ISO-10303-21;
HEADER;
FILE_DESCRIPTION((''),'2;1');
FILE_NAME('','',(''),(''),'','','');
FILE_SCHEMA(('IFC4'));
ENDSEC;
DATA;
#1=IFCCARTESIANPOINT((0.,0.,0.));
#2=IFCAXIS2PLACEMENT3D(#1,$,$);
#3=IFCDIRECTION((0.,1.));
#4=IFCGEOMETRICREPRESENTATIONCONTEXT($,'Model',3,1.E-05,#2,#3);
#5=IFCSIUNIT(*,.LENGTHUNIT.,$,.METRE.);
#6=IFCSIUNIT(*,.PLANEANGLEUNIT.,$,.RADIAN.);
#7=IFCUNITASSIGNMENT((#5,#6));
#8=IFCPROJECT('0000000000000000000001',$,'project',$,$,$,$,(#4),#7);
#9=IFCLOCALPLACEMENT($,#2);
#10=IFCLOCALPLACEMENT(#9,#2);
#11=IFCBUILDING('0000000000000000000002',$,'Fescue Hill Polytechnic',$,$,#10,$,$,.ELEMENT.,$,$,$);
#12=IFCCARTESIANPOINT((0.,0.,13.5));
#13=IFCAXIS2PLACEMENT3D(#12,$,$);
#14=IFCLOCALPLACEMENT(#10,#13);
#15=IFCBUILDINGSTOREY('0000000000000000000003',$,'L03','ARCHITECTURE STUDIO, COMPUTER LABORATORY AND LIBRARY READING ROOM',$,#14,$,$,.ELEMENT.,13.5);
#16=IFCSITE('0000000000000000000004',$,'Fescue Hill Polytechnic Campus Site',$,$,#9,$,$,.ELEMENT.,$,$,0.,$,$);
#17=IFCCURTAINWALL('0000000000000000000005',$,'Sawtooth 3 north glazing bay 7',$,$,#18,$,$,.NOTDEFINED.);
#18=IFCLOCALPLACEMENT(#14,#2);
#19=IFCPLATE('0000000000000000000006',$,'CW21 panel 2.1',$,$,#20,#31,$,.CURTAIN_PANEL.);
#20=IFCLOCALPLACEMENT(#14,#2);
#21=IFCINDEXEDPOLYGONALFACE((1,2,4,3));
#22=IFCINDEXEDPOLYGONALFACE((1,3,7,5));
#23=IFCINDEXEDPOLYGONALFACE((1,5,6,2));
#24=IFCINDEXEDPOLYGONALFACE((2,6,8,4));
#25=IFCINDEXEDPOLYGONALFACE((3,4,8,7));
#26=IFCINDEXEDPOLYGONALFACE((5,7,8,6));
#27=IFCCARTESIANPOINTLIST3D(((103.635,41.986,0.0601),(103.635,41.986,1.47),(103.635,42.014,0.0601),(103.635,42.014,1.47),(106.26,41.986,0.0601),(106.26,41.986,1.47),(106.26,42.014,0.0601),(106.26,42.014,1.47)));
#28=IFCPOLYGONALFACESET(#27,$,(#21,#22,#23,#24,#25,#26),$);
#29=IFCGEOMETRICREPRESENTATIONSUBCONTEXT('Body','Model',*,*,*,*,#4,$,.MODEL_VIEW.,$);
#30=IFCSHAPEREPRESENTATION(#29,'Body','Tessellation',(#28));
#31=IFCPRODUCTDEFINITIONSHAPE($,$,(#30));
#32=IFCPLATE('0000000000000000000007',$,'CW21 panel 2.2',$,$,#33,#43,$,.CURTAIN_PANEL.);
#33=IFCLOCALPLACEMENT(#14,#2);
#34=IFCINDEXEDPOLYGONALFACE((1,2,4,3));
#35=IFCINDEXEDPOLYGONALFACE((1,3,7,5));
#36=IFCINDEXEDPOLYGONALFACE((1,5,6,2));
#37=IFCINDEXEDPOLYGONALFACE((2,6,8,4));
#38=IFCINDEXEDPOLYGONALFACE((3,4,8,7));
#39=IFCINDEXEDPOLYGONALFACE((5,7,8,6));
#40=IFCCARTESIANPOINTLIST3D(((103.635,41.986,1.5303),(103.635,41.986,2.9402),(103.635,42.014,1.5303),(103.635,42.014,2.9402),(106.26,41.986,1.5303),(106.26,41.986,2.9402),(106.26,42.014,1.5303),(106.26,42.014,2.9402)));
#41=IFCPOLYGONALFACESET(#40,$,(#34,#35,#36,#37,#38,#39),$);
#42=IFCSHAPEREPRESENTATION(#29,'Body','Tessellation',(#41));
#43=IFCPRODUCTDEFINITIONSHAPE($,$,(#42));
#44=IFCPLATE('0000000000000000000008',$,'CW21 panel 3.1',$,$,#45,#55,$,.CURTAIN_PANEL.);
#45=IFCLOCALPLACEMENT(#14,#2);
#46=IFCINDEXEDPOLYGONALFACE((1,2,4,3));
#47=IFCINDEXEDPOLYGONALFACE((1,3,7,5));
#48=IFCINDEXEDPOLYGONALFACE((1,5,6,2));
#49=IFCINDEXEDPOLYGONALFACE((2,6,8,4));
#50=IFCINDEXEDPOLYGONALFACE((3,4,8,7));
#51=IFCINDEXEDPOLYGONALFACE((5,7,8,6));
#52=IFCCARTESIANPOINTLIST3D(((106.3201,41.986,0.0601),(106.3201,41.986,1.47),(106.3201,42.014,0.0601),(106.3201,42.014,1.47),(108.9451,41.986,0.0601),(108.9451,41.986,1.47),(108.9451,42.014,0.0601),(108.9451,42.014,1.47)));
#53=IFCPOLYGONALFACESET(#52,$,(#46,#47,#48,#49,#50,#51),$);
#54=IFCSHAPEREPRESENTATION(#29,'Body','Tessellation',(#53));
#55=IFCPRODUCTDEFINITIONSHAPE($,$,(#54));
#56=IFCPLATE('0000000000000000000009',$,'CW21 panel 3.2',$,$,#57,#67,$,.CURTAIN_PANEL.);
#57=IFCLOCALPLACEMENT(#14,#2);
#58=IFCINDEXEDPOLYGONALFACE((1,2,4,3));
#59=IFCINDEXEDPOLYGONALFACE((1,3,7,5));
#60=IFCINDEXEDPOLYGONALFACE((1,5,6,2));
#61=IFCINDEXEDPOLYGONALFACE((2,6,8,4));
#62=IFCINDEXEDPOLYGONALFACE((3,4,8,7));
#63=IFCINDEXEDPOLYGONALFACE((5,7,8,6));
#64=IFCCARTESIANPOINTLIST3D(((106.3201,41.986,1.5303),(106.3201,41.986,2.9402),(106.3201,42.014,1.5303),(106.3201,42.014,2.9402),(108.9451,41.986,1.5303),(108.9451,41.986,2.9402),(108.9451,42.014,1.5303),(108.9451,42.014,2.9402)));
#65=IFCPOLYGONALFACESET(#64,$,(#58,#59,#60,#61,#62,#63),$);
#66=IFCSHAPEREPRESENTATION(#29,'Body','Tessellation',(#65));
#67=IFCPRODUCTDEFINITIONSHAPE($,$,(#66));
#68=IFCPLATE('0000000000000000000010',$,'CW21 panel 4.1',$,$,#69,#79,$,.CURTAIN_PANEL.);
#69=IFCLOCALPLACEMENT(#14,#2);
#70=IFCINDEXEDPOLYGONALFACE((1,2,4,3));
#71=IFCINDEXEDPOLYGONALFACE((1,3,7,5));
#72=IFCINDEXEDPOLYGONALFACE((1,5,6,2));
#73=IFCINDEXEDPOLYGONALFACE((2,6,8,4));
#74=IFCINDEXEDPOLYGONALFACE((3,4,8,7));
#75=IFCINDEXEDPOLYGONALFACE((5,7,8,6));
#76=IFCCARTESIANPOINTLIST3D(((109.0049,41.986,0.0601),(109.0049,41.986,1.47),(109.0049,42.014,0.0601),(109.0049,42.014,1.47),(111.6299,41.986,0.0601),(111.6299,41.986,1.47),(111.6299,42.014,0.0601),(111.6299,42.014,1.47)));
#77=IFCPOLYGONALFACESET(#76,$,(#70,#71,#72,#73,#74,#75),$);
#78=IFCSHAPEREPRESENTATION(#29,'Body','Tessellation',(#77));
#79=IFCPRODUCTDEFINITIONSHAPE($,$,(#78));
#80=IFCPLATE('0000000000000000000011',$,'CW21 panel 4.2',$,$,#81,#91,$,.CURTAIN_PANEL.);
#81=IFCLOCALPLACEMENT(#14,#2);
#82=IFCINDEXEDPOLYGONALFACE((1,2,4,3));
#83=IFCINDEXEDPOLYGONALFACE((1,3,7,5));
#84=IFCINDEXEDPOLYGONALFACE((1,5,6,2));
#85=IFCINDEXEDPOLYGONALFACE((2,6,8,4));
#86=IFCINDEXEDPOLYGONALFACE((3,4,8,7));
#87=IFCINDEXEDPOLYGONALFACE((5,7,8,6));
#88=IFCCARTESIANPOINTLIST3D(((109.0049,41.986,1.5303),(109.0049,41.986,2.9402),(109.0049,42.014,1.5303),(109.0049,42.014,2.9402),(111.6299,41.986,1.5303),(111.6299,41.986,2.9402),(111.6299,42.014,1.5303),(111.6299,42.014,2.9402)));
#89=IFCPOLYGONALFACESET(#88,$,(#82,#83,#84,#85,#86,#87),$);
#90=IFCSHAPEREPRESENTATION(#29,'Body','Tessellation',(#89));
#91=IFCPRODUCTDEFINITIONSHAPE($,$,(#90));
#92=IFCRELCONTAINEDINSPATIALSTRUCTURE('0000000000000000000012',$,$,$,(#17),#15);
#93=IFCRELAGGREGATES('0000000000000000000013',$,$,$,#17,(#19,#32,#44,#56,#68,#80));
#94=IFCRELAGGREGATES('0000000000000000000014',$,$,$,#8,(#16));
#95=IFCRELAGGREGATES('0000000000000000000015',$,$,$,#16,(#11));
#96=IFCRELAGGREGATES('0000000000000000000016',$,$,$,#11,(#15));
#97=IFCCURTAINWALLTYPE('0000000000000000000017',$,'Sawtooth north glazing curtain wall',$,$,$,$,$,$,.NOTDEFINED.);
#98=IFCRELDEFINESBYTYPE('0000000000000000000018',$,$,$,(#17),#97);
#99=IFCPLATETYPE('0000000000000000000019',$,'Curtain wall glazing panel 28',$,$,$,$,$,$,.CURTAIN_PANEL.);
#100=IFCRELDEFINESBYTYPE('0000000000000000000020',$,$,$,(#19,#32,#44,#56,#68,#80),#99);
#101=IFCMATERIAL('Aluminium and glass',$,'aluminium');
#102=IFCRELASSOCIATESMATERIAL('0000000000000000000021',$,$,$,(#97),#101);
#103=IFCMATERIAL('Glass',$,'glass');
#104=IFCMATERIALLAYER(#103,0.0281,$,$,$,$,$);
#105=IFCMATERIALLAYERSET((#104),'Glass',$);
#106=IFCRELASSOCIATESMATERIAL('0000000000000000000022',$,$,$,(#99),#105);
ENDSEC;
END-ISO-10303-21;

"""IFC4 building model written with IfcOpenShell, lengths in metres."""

from ifc_helpers import new_model, si_unit, direction, frame, origin, origin_2d, place, context, subcontext, project, spatial, rectangle, extrude, material, layer, layer_set, type_object, element, aggregate, save


model = new_model("IFC4")

# Units and contexts
model_context = context("Model", 3, precision=1e-05, world=origin(), true_north=direction((0.0, 1.0)))
body_context = subcontext(model_context, "Body", "Model", "MODEL_VIEW")
ifc_project = project(units=[si_unit("LENGTHUNIT", "METRE"), si_unit("PLANEANGLEUNIT", "RADIAN")], contexts=[model_context])

# Site, building, storey
site_placement = place(None, origin())
site = spatial("IfcSite", under=ifc_project, at=site_placement, Name="Fescue Hill Polytechnic Campus Site", CompositionType="ELEMENT", RefElevation=0.0)
building_placement = place(site_placement, origin())
building = spatial("IfcBuilding", under=site, at=building_placement, Name="Fescue Hill Polytechnic", CompositionType="ELEMENT")
storey_placement = place(building_placement, frame((0.0, 0.0, 13.5)))
storey = spatial("IfcBuildingStorey", under=building, at=storey_placement, Name="L03", Description="ARCHITECTURE STUDIO, COMPUTER LABORATORY AND LIBRARY READING ROOM", CompositionType="ELEMENT", Elevation=13.5)

# Curtain wall
ifc_material_1 = material(Name="Aluminium and glass", Category="aluminium")
curtain_wall_type = type_object("IfcCurtainWallType", Name="Sawtooth north glazing curtain wall", PredefinedType="NOTDEFINED", material=ifc_material_1)
curtain_wall_1_placement = place(storey_placement, origin())
curtain_wall_1 = element("IfcCurtainWall", 1, at=curtain_wall_1_placement, inside=storey, type_object=curtain_wall_type, Name="Sawtooth 3 north glazing bay 7", PredefinedType="NOTDEFINED")

# Plates
ifc_material_2 = material(Name="Glass", Category="glass")
ifc_layer = layer(ifc_material_2, 0.0281)
ifc_layer_set = layer_set([ifc_layer], Name="Glass")
plate_type = type_object("IfcPlateType", Name="Curtain wall glazing panel 28", PredefinedType="CURTAIN_PANEL", material=ifc_layer_set)
plate_1_placement = place(storey_placement, frame((104.9475, 42.0, 0.0601), z_axis=(0.0, 0.0, 1.0), x_axis=(1.0, 0.0, 0.0)))
plate_1 = element("IfcPlate", 2, at=plate_1_placement, type_object=plate_type, Name="CW21 panel 2.1", PredefinedType="CURTAIN_PANEL", context=body_context, shape_type="SweptSolid", body=[
    extrude(rectangle(XDim=2.625, YDim=0.0281, at=origin_2d()), origin(), (0.0, 0.0, 1.0), 1.4099),
])
plate_2_placement = place(storey_placement, frame((104.9475, 42.0, 1.5303), z_axis=(0.0, 0.0, 1.0), x_axis=(1.0, 0.0, 0.0)))
plate_2 = element("IfcPlate", 3, at=plate_2_placement, type_object=plate_type, Name="CW21 panel 2.2", PredefinedType="CURTAIN_PANEL", context=body_context, shape_type="SweptSolid", body=[
    extrude(rectangle(XDim=2.625, YDim=0.0281, at=origin_2d()), origin(), (0.0, 0.0, 1.0), 1.4099),
])
plate_3_placement = place(storey_placement, frame((107.6326, 42.0, 0.0601), z_axis=(0.0, 0.0, 1.0), x_axis=(1.0, 0.0, 0.0)))
plate_3 = element("IfcPlate", 4, at=plate_3_placement, type_object=plate_type, Name="CW21 panel 3.1", PredefinedType="CURTAIN_PANEL", context=body_context, shape_type="SweptSolid", body=[
    extrude(rectangle(XDim=2.625, YDim=0.0281, at=origin_2d()), origin(), (0.0, 0.0, 1.0), 1.4099),
])
plate_4_placement = place(storey_placement, frame((107.6326, 42.0, 1.5303), z_axis=(0.0, 0.0, 1.0), x_axis=(1.0, 0.0, 0.0)))
plate_4 = element("IfcPlate", 5, at=plate_4_placement, type_object=plate_type, Name="CW21 panel 3.2", PredefinedType="CURTAIN_PANEL", context=body_context, shape_type="SweptSolid", body=[
    extrude(rectangle(XDim=2.625, YDim=0.0281, at=origin_2d()), origin(), (0.0, 0.0, 1.0), 1.4099),
])
plate_5_placement = place(storey_placement, frame((110.3174, 42.0, 0.0601), z_axis=(0.0, 0.0, 1.0), x_axis=(1.0, 0.0, 0.0)))
plate_5 = element("IfcPlate", 6, at=plate_5_placement, type_object=plate_type, Name="CW21 panel 4.1", PredefinedType="CURTAIN_PANEL", context=body_context, shape_type="SweptSolid", body=[
    extrude(rectangle(XDim=2.625, YDim=0.0281, at=origin_2d()), origin(), (0.0, 0.0, 1.0), 1.4099),
])
plate_6_placement = place(storey_placement, frame((110.3174, 42.0, 1.5303), z_axis=(0.0, 0.0, 1.0), x_axis=(1.0, 0.0, 0.0)))
plate_6 = element("IfcPlate", 7, at=plate_6_placement, type_object=plate_type, Name="CW21 panel 4.2", PredefinedType="CURTAIN_PANEL", context=body_context, shape_type="SweptSolid", body=[
    extrude(rectangle(XDim=2.625, YDim=0.0281, at=origin_2d()), origin(), (0.0, 0.0, 1.0), 1.4099),
])
aggregate(curtain_wall_1, [plate_1, plate_2, plate_3, plate_4, plate_5, plate_6])

save(model, "model.ifc")
